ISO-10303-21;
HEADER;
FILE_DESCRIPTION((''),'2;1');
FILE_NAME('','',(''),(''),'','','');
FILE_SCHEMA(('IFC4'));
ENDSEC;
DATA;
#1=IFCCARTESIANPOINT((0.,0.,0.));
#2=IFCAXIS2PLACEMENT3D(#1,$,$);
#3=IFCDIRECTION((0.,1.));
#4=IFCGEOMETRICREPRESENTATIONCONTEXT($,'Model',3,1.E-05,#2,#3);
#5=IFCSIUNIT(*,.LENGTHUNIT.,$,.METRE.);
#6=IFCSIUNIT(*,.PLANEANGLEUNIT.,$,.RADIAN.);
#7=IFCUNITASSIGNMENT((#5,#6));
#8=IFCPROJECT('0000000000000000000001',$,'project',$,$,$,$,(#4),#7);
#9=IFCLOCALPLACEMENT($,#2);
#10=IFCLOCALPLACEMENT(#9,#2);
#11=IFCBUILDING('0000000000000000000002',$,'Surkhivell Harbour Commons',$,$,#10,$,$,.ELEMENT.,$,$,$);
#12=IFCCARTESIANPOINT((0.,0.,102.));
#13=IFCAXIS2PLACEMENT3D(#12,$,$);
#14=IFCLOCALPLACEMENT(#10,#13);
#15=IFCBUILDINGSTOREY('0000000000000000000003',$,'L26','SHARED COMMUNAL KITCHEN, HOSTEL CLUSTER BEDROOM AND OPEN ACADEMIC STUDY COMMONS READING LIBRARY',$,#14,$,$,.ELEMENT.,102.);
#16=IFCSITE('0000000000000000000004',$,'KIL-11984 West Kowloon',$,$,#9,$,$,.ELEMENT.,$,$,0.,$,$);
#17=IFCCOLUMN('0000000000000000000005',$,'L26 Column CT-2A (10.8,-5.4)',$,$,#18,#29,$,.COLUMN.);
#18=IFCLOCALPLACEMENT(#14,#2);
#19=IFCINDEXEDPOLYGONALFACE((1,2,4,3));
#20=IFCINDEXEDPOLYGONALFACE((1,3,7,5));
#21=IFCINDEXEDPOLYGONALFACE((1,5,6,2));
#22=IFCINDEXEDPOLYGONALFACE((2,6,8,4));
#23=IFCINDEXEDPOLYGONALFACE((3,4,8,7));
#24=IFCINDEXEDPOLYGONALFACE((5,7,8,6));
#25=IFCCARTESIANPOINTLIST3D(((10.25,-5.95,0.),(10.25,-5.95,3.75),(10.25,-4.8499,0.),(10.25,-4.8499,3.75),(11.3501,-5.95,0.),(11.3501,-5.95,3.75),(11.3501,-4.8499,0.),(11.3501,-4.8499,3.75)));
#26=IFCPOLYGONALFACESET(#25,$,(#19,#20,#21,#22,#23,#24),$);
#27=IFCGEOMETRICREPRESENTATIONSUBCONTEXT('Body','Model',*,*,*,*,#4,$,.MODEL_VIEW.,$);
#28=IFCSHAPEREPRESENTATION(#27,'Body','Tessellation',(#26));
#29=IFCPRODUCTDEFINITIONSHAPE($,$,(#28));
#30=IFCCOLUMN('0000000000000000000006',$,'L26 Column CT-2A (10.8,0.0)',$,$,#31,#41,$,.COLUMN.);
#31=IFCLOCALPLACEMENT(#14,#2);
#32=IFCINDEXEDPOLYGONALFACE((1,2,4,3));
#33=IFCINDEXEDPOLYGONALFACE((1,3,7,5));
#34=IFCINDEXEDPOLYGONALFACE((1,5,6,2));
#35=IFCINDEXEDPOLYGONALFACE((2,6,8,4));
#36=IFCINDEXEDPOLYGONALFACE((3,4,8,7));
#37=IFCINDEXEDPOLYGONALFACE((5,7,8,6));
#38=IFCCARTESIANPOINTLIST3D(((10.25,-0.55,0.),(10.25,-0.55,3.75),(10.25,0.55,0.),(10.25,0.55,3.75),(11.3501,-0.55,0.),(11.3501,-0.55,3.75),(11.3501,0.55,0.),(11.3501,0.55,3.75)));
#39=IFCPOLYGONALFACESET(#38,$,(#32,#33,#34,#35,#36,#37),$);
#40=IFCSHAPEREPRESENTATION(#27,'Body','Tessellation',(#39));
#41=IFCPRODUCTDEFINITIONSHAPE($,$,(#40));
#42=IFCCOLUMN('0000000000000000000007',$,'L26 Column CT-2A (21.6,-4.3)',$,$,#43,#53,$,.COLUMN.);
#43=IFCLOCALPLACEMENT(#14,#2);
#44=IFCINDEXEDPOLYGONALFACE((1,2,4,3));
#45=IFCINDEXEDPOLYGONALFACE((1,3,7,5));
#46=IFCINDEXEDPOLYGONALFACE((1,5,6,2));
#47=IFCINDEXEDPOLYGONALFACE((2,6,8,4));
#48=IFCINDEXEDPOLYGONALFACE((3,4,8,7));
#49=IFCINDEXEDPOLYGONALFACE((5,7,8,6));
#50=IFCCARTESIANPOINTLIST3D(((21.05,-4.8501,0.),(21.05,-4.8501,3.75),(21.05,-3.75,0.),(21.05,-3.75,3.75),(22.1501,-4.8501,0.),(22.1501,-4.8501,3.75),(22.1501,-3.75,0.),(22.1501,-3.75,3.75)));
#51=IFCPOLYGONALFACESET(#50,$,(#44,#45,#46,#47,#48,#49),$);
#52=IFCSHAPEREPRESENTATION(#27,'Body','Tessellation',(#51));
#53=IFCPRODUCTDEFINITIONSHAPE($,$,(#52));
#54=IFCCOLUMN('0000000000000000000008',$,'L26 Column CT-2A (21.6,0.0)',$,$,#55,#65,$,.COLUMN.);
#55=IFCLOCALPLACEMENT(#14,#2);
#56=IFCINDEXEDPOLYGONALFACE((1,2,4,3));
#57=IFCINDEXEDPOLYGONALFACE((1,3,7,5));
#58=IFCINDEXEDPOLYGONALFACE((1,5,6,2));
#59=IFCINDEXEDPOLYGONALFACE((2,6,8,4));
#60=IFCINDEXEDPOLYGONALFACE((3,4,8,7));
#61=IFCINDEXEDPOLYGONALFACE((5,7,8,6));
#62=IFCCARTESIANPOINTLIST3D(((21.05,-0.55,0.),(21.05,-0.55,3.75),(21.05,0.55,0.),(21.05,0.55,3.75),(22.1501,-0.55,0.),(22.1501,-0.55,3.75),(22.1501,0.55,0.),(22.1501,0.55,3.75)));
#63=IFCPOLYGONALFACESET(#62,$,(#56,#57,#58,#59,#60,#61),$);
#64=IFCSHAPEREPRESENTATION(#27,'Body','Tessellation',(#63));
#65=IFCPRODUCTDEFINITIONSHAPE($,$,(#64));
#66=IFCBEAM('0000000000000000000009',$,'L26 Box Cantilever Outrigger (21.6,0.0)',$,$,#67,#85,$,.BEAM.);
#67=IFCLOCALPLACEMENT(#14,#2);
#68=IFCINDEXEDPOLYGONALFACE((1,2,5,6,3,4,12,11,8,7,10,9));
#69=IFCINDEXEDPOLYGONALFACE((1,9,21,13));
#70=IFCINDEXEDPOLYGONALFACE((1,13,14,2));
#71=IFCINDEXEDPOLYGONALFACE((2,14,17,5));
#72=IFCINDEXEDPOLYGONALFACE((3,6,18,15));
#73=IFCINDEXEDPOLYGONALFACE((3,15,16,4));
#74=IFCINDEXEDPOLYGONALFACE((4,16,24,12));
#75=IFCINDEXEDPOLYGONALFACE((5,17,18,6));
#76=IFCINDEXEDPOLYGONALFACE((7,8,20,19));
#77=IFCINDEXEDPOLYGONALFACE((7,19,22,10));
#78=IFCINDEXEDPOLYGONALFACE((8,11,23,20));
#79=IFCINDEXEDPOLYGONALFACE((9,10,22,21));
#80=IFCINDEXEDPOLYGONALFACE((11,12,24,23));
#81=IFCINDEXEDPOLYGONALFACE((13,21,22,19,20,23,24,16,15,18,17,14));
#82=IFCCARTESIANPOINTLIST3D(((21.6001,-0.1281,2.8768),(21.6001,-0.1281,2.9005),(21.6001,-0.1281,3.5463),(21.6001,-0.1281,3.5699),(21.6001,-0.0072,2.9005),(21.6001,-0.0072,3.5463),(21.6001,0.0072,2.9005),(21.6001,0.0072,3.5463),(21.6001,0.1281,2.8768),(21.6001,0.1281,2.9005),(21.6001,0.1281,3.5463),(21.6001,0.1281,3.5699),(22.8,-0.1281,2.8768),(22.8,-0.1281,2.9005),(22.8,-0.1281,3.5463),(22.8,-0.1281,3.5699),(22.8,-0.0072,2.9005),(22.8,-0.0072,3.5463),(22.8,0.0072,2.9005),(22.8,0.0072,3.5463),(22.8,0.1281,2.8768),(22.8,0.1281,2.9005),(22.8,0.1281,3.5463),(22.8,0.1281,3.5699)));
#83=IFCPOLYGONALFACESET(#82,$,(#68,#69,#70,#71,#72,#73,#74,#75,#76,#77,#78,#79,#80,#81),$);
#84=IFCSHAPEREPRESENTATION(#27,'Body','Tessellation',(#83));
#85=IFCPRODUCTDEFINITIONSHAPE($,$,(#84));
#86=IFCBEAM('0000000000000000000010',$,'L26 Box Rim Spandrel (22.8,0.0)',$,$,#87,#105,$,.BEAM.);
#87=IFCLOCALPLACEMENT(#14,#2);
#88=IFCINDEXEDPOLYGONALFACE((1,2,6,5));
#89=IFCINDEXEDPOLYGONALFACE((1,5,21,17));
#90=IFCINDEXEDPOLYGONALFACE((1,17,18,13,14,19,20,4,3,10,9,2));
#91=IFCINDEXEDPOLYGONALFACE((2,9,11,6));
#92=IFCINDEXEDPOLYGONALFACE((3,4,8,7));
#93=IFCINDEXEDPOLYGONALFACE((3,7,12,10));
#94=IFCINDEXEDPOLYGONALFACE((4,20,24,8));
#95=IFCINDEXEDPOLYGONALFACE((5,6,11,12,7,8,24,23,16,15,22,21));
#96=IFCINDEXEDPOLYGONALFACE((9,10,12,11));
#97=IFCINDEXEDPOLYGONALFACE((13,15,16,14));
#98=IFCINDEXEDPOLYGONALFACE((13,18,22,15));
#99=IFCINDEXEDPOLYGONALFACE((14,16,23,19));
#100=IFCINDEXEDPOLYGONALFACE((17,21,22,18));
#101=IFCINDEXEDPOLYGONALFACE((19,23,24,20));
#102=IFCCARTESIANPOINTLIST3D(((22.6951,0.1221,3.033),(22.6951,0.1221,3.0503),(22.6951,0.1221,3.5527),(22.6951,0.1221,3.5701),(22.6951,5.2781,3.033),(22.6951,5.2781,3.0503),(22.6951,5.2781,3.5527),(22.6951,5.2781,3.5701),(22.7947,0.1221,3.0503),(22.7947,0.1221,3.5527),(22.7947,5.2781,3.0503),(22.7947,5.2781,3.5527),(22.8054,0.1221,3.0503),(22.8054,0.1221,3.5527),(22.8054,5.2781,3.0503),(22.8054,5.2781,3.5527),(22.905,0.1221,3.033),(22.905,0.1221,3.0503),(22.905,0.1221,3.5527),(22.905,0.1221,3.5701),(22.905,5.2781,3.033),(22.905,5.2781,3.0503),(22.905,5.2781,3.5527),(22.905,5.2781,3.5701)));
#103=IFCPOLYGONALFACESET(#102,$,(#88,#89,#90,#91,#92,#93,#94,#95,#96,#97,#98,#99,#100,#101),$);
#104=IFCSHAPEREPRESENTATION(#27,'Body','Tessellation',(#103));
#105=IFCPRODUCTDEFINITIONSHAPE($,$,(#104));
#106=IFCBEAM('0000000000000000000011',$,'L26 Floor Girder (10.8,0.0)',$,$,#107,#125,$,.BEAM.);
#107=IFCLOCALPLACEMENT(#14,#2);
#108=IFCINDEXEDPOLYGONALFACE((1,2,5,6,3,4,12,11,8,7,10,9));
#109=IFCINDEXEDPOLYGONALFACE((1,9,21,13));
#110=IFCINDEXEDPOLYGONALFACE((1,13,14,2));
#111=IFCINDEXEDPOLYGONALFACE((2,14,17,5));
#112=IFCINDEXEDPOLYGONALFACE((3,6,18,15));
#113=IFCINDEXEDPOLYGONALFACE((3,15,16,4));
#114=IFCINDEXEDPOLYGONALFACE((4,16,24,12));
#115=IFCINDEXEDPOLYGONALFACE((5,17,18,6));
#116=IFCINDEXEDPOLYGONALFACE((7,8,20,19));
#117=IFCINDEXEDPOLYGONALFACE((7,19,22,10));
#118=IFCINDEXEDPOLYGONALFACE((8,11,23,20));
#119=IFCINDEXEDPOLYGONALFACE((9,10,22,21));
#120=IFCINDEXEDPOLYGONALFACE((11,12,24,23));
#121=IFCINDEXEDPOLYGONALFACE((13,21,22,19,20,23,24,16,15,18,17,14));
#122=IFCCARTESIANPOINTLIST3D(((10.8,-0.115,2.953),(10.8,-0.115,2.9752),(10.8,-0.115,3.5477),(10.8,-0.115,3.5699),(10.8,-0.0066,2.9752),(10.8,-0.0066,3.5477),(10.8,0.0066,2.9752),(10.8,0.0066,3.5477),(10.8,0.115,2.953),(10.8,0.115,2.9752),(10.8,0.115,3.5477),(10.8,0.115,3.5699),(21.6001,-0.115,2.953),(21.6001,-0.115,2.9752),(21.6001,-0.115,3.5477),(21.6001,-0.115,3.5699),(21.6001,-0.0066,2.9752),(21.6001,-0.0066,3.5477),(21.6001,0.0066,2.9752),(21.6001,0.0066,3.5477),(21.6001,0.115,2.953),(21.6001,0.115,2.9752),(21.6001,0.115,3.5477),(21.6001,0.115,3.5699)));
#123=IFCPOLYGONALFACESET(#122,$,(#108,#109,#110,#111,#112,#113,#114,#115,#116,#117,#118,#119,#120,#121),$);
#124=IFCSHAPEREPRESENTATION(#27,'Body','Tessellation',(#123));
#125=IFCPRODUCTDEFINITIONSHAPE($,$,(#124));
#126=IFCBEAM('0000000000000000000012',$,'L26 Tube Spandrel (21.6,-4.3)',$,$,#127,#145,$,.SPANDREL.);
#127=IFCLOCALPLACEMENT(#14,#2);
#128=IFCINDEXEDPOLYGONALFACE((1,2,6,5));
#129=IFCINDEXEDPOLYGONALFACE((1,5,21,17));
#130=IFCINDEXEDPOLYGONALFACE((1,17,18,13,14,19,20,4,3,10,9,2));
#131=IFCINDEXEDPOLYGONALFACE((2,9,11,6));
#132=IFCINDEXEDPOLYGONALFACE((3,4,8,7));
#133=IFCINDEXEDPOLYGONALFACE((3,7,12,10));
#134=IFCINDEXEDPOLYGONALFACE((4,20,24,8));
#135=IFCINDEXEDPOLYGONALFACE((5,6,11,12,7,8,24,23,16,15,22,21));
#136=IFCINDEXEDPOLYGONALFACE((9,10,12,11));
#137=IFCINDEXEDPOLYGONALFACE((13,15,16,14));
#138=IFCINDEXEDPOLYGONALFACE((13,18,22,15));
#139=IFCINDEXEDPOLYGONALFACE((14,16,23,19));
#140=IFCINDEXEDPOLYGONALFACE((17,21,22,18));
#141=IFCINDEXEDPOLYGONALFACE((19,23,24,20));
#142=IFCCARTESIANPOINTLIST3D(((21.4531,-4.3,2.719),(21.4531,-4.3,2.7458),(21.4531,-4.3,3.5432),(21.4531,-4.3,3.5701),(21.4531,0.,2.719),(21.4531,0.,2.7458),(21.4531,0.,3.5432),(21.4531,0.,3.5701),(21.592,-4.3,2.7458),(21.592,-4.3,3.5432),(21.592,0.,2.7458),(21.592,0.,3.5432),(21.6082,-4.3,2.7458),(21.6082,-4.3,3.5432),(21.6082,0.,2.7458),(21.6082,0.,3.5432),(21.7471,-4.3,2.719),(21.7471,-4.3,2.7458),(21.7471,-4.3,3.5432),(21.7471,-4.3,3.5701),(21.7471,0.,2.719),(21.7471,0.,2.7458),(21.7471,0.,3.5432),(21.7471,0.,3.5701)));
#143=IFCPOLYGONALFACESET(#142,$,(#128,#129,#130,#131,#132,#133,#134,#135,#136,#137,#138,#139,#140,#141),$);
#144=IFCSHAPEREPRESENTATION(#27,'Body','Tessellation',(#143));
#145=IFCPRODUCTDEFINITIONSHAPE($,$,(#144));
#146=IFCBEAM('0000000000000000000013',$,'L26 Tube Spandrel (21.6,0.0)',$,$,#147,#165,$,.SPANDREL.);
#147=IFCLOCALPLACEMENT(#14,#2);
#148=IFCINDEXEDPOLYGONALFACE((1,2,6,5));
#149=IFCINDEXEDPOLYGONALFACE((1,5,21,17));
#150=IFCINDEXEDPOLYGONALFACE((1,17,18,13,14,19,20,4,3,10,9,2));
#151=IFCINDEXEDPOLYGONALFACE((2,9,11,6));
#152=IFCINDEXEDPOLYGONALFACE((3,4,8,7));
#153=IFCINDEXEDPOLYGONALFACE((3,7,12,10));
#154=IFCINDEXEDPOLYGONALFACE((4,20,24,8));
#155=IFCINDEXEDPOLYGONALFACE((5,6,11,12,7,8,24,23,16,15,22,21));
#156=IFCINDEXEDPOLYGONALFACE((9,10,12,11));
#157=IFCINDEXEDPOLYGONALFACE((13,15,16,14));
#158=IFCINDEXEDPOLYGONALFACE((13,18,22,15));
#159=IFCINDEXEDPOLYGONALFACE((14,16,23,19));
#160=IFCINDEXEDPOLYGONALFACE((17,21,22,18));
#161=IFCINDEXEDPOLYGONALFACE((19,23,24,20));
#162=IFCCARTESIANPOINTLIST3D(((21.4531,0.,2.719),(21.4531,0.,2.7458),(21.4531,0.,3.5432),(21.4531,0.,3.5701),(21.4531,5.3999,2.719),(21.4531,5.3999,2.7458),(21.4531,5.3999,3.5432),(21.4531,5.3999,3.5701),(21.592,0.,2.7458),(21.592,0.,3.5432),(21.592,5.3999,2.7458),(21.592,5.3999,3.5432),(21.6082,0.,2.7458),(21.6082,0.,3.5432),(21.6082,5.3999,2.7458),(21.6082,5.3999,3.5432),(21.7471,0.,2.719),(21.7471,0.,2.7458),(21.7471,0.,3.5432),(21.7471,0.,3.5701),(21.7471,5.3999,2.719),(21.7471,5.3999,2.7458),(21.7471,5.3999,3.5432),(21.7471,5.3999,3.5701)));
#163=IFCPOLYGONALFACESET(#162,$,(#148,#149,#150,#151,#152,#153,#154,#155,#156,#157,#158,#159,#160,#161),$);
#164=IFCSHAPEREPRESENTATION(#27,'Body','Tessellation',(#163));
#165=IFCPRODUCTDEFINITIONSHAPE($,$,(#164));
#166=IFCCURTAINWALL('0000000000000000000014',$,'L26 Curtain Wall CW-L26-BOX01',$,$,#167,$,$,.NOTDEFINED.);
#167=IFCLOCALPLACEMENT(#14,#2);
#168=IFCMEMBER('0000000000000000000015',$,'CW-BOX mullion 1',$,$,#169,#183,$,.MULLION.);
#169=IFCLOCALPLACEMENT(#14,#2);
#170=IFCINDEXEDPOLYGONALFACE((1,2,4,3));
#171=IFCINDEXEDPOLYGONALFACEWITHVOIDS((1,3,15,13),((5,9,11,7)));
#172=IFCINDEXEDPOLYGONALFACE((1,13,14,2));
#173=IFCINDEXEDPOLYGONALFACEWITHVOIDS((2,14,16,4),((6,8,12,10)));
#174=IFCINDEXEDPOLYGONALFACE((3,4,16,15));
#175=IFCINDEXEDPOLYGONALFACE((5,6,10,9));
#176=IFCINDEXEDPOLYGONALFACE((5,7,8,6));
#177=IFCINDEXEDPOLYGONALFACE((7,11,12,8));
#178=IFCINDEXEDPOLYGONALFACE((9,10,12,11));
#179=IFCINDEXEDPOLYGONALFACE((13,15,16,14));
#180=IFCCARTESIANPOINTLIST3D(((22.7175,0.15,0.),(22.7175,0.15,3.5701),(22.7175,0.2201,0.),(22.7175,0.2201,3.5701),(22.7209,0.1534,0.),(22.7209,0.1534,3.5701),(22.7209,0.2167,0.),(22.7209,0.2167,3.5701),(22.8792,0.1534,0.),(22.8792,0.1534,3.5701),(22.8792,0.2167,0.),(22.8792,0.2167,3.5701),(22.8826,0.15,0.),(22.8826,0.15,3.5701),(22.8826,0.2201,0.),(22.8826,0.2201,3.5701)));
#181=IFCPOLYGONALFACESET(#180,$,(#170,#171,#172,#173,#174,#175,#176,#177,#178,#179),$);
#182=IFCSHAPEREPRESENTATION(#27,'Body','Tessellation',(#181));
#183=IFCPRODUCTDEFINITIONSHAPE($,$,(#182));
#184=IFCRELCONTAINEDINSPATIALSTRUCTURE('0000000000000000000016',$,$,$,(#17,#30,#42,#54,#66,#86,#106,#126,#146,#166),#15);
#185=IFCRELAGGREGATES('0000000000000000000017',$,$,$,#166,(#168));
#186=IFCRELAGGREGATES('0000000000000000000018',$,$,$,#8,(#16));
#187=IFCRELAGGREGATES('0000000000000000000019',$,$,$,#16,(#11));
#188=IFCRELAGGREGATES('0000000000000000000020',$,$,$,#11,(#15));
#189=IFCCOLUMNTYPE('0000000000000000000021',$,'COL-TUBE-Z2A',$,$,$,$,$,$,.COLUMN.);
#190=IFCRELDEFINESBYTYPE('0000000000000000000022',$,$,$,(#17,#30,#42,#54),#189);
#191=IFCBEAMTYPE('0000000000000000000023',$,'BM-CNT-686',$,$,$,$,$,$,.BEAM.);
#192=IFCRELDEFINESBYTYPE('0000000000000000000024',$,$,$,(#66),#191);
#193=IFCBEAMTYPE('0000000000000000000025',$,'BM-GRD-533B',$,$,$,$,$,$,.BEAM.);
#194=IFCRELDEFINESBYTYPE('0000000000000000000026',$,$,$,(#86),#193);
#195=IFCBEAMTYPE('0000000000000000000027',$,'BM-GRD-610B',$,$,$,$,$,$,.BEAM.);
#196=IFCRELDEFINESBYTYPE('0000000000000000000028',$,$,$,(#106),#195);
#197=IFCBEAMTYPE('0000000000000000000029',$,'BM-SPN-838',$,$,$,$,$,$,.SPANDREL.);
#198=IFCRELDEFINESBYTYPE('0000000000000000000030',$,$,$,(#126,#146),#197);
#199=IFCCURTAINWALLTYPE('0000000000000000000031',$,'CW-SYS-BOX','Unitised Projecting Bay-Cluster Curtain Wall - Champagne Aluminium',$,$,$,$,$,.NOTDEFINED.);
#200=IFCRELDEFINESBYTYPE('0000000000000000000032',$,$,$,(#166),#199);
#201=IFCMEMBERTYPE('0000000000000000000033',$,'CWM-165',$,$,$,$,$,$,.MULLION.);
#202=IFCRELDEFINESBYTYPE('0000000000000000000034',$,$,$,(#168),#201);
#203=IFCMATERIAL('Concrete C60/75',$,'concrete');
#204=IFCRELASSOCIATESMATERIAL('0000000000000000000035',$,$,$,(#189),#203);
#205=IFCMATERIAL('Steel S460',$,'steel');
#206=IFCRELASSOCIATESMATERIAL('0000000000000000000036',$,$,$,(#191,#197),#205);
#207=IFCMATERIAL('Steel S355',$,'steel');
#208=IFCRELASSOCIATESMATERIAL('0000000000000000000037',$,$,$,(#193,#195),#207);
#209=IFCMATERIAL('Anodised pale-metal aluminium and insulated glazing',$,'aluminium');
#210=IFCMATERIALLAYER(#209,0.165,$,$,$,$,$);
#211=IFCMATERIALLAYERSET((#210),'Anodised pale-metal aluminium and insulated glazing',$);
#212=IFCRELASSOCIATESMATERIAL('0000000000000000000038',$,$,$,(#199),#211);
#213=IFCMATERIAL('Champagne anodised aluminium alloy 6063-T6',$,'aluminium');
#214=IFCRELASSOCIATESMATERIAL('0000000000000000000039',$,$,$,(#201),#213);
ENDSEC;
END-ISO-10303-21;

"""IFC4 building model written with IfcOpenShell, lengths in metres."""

from ifc_helpers import new_model, si_unit, direction, frame, origin, origin_2d, place, context, subcontext, project, spatial, rectangle, hollow_rectangle, i_section, extrude, material, layer, layer_set, material_profile, profile_set, type_object, element, aggregate, save


model = new_model("IFC4")

# Units and contexts
model_context = context("Model", 3, precision=1e-05, world=origin(), true_north=direction((0.0, 1.0)))
body_context = subcontext(model_context, "Body", "Model", "MODEL_VIEW")
ifc_project = project(units=[si_unit("LENGTHUNIT", "METRE"), si_unit("PLANEANGLEUNIT", "RADIAN")], contexts=[model_context])

# Site, building, storey
site_placement = place(None, origin())
site = spatial("IfcSite", under=ifc_project, at=site_placement, Name="KIL-11984 West Kowloon", CompositionType="ELEMENT", RefElevation=0.0)
building_placement = place(site_placement, origin())
building = spatial("IfcBuilding", under=site, at=building_placement, Name="Surkhivell Harbour Commons", CompositionType="ELEMENT")
storey_placement = place(building_placement, frame((0.0, 0.0, 102.0)))
storey = spatial("IfcBuildingStorey", under=building, at=storey_placement, Name="L26", Description="SHARED COMMUNAL KITCHEN, HOSTEL CLUSTER BEDROOM AND OPEN ACADEMIC STUDY COMMONS READING LIBRARY", CompositionType="ELEMENT", Elevation=102.0)

# Columns
ifc_material_1 = material(Name="Concrete C60/75", Category="concrete")
ifc_material_profile_1 = material_profile(ifc_material_1, rectangle(XDim=1.1001, YDim=1.1001, at=origin_2d()), Name="RC-COL-1100x1100")
ifc_profile_set_1 = profile_set([ifc_material_profile_1], Name="Concrete C60/75")
column_type = type_object("IfcColumnType", Name="COL-TUBE-Z2A", PredefinedType="COLUMN", material=ifc_profile_set_1)
for number, where, z_axis, x_axis, name in (
    (1, (10.8, -5.3999, 0.0), (0.0, 0.0, 1.0), (1.0, 0.0, 0.0), "L26 Column CT-2A (10.8,-5.4)"),
    (2, (10.8, 0.0, 0.0), (0.0, 0.0, 1.0), (1.0, 0.0, 0.0), "L26 Column CT-2A (10.8,0.0)"),
    (3, (21.6001, -4.3, 0.0), (0.0, 0.0, 1.0), (1.0, 0.0, 0.0), "L26 Column CT-2A (21.6,-4.3)"),
    (4, (21.6001, 0.0, 0.0), (0.0, 0.0, 1.0), (1.0, 0.0, 0.0), "L26 Column CT-2A (21.6,0.0)"),
):
    element("IfcColumn", number, at=place(storey_placement, frame(where, z_axis=z_axis, x_axis=x_axis)), inside=storey, type_object=column_type, Name=name, PredefinedType="COLUMN", context=body_context, shape_type="SweptSolid", body=[
        extrude(rectangle(XDim=1.1001, YDim=1.1001, at=origin_2d()), origin(), (0.0, 0.0, 1.0), 3.75),
    ])

# Beams
ifc_material_2 = material(Name="Steel S460", Category="steel")
ifc_material_profile_2 = material_profile(ifc_material_2, i_section(OverallWidth=0.2561, OverallDepth=0.6931, WebThickness=0.0144, FlangeThickness=0.0237, at=origin_2d()), Name="UB686x254x170")
ifc_profile_set_2 = profile_set([ifc_material_profile_2], Name="Steel S460")
beam_type_1 = type_object("IfcBeamType", Name="BM-CNT-686", PredefinedType="BEAM", material=ifc_profile_set_2)
beam_1_placement = place(storey_placement, frame((21.6001, 0.0, 3.2234), z_axis=(1.0, 0.0, 0.0), x_axis=(0.0, 1.0, 0.0)))
element("IfcBeam", 5, at=beam_1_placement, inside=storey, type_object=beam_type_1, Name="L26 Box Cantilever Outrigger (21.6,0.0)", PredefinedType="BEAM", context=body_context, shape_type="SweptSolid", body=[
    extrude(i_section(OverallWidth=0.2561, OverallDepth=0.6931, WebThickness=0.0144, FlangeThickness=0.0237, at=origin_2d()), origin(), (0.0, 0.0, 1.0), 1.2),
])
ifc_material_3 = material(Name="Steel S355", Category="steel")
ifc_material_profile_3 = material_profile(ifc_material_3, i_section(OverallWidth=0.21, OverallDepth=0.5371, WebThickness=0.0107, FlangeThickness=0.0173, at=origin_2d()), Name="UB533x210x101")
ifc_profile_set_3 = profile_set([ifc_material_profile_3], Name="Steel S355")
beam_type_2 = type_object("IfcBeamType", Name="BM-GRD-533B", PredefinedType="BEAM", material=ifc_profile_set_3)
beam_2_placement = place(storey_placement, frame((22.8, 0.1221, 3.3015), z_axis=(0.0, 1.0, 0.0), x_axis=(-1.0, 0.0, 0.0)))
element("IfcBeam", 6, at=beam_2_placement, inside=storey, type_object=beam_type_2, Name="L26 Box Rim Spandrel (22.8,0.0)", PredefinedType="BEAM", context=body_context, shape_type="SweptSolid", body=[
    extrude(i_section(OverallWidth=0.21, OverallDepth=0.5371, WebThickness=0.0107, FlangeThickness=0.0173, at=origin_2d()), origin(), (0.0, 0.0, 1.0), 5.156),
])
ifc_material_profile_4 = material_profile(ifc_material_3, i_section(OverallWidth=0.23, OverallDepth=0.6169, WebThickness=0.0132, FlangeThickness=0.0222, at=origin_2d()), Name="UB610x229x140")
ifc_profile_set_4 = profile_set([ifc_material_profile_4], Name="Steel S355")
beam_type_3 = type_object("IfcBeamType", Name="BM-GRD-610B", PredefinedType="BEAM", material=ifc_profile_set_4)
beam_3_placement = place(storey_placement, frame((10.8, 0.0, 3.2615), z_axis=(1.0, 0.0, 0.0), x_axis=(0.0, 1.0, 0.0)))
element("IfcBeam", 7, at=beam_3_placement, inside=storey, type_object=beam_type_3, Name="L26 Floor Girder (10.8,0.0)", PredefinedType="BEAM", context=body_context, shape_type="SweptSolid", body=[
    extrude(i_section(OverallWidth=0.23, OverallDepth=0.6169, WebThickness=0.0132, FlangeThickness=0.0222, at=origin_2d()), origin(), (0.0, 0.0, 1.0), 10.8),
])
ifc_material_profile_5 = material_profile(ifc_material_2, i_section(OverallWidth=0.2939, OverallDepth=0.8511, WebThickness=0.0161, FlangeThickness=0.0269, at=origin_2d()), Name="UB838x292x226")
ifc_profile_set_5 = profile_set([ifc_material_profile_5], Name="Steel S460")
beam_type_4 = type_object("IfcBeamType", Name="BM-SPN-838", PredefinedType="SPANDREL", material=ifc_profile_set_5)
beam_4_placement = place(storey_placement, frame((21.6001, -4.3, 3.1445), z_axis=(0.0, 1.0, 0.0), x_axis=(-1.0, 0.0, 0.0)))
element("IfcBeam", 8, at=beam_4_placement, inside=storey, type_object=beam_type_4, Name="L26 Tube Spandrel (21.6,-4.3)", PredefinedType="SPANDREL", context=body_context, shape_type="SweptSolid", body=[
    extrude(i_section(OverallWidth=0.2939, OverallDepth=0.8511, WebThickness=0.0161, FlangeThickness=0.0269, at=origin_2d()), origin(), (0.0, 0.0, 1.0), 4.3),
])
beam_5_placement = place(storey_placement, frame((21.6001, 0.0, 3.1445), z_axis=(0.0, 1.0, 0.0), x_axis=(-1.0, 0.0, 0.0)))
element("IfcBeam", 9, at=beam_5_placement, inside=storey, type_object=beam_type_4, Name="L26 Tube Spandrel (21.6,0.0)", PredefinedType="SPANDREL", context=body_context, shape_type="SweptSolid", body=[
    extrude(i_section(OverallWidth=0.2939, OverallDepth=0.8511, WebThickness=0.0161, FlangeThickness=0.0269, at=origin_2d()), origin(), (0.0, 0.0, 1.0), 5.3999),
])

# Curtain wall, member
ifc_material_4 = material(Name="Anodised pale-metal aluminium and insulated glazing", Category="aluminium")
ifc_layer_1 = layer(ifc_material_4, 0.165)
ifc_layer_set_1 = layer_set([ifc_layer_1], Name="Anodised pale-metal aluminium and insulated glazing")
curtain_wall_type_1 = type_object("IfcCurtainWallType", Name="CW-SYS-BOX", Description="Unitised Projecting Bay-Cluster Curtain Wall - Champagne Aluminium", PredefinedType="NOTDEFINED", material=ifc_layer_set_1)
curtain_wall_1_placement = place(storey_placement, origin())
curtain_wall_1 = element("IfcCurtainWall", 10, at=curtain_wall_1_placement, inside=storey, type_object=curtain_wall_type_1, Name="L26 Curtain Wall CW-L26-BOX01", PredefinedType="NOTDEFINED")
ifc_material_5 = material(Name="Champagne anodised aluminium alloy 6063-T6", Category="aluminium")
ifc_material_profile_6 = material_profile(ifc_material_5, hollow_rectangle(XDim=0.0701, YDim=0.165, WallThickness=0.0034, at=origin_2d()), Name="ALU-MULL-70x165")
ifc_profile_set_6 = profile_set([ifc_material_profile_6], Name="Champagne anodised aluminium alloy 6063-T6")
member_type_1 = type_object("IfcMemberType", Name="CWM-165", PredefinedType="MULLION", material=ifc_profile_set_6)
member_1_placement = place(storey_placement, frame((22.8, 0.1851, 0.0), z_axis=(0.0, 0.0, 1.0), x_axis=(0.0, 1.0, 0.0)))
member_1 = element("IfcMember", 11, at=member_1_placement, type_object=member_type_1, Name="CW-BOX mullion 1", PredefinedType="MULLION", context=body_context, shape_type="SweptSolid", body=[
    extrude(hollow_rectangle(XDim=0.0701, YDim=0.165, WallThickness=0.0034, at=origin_2d()), origin(), (0.0, 0.0, 1.0), 3.5701),
])

aggregate(curtain_wall_1, [member_1])

save(model, "model.ifc")
